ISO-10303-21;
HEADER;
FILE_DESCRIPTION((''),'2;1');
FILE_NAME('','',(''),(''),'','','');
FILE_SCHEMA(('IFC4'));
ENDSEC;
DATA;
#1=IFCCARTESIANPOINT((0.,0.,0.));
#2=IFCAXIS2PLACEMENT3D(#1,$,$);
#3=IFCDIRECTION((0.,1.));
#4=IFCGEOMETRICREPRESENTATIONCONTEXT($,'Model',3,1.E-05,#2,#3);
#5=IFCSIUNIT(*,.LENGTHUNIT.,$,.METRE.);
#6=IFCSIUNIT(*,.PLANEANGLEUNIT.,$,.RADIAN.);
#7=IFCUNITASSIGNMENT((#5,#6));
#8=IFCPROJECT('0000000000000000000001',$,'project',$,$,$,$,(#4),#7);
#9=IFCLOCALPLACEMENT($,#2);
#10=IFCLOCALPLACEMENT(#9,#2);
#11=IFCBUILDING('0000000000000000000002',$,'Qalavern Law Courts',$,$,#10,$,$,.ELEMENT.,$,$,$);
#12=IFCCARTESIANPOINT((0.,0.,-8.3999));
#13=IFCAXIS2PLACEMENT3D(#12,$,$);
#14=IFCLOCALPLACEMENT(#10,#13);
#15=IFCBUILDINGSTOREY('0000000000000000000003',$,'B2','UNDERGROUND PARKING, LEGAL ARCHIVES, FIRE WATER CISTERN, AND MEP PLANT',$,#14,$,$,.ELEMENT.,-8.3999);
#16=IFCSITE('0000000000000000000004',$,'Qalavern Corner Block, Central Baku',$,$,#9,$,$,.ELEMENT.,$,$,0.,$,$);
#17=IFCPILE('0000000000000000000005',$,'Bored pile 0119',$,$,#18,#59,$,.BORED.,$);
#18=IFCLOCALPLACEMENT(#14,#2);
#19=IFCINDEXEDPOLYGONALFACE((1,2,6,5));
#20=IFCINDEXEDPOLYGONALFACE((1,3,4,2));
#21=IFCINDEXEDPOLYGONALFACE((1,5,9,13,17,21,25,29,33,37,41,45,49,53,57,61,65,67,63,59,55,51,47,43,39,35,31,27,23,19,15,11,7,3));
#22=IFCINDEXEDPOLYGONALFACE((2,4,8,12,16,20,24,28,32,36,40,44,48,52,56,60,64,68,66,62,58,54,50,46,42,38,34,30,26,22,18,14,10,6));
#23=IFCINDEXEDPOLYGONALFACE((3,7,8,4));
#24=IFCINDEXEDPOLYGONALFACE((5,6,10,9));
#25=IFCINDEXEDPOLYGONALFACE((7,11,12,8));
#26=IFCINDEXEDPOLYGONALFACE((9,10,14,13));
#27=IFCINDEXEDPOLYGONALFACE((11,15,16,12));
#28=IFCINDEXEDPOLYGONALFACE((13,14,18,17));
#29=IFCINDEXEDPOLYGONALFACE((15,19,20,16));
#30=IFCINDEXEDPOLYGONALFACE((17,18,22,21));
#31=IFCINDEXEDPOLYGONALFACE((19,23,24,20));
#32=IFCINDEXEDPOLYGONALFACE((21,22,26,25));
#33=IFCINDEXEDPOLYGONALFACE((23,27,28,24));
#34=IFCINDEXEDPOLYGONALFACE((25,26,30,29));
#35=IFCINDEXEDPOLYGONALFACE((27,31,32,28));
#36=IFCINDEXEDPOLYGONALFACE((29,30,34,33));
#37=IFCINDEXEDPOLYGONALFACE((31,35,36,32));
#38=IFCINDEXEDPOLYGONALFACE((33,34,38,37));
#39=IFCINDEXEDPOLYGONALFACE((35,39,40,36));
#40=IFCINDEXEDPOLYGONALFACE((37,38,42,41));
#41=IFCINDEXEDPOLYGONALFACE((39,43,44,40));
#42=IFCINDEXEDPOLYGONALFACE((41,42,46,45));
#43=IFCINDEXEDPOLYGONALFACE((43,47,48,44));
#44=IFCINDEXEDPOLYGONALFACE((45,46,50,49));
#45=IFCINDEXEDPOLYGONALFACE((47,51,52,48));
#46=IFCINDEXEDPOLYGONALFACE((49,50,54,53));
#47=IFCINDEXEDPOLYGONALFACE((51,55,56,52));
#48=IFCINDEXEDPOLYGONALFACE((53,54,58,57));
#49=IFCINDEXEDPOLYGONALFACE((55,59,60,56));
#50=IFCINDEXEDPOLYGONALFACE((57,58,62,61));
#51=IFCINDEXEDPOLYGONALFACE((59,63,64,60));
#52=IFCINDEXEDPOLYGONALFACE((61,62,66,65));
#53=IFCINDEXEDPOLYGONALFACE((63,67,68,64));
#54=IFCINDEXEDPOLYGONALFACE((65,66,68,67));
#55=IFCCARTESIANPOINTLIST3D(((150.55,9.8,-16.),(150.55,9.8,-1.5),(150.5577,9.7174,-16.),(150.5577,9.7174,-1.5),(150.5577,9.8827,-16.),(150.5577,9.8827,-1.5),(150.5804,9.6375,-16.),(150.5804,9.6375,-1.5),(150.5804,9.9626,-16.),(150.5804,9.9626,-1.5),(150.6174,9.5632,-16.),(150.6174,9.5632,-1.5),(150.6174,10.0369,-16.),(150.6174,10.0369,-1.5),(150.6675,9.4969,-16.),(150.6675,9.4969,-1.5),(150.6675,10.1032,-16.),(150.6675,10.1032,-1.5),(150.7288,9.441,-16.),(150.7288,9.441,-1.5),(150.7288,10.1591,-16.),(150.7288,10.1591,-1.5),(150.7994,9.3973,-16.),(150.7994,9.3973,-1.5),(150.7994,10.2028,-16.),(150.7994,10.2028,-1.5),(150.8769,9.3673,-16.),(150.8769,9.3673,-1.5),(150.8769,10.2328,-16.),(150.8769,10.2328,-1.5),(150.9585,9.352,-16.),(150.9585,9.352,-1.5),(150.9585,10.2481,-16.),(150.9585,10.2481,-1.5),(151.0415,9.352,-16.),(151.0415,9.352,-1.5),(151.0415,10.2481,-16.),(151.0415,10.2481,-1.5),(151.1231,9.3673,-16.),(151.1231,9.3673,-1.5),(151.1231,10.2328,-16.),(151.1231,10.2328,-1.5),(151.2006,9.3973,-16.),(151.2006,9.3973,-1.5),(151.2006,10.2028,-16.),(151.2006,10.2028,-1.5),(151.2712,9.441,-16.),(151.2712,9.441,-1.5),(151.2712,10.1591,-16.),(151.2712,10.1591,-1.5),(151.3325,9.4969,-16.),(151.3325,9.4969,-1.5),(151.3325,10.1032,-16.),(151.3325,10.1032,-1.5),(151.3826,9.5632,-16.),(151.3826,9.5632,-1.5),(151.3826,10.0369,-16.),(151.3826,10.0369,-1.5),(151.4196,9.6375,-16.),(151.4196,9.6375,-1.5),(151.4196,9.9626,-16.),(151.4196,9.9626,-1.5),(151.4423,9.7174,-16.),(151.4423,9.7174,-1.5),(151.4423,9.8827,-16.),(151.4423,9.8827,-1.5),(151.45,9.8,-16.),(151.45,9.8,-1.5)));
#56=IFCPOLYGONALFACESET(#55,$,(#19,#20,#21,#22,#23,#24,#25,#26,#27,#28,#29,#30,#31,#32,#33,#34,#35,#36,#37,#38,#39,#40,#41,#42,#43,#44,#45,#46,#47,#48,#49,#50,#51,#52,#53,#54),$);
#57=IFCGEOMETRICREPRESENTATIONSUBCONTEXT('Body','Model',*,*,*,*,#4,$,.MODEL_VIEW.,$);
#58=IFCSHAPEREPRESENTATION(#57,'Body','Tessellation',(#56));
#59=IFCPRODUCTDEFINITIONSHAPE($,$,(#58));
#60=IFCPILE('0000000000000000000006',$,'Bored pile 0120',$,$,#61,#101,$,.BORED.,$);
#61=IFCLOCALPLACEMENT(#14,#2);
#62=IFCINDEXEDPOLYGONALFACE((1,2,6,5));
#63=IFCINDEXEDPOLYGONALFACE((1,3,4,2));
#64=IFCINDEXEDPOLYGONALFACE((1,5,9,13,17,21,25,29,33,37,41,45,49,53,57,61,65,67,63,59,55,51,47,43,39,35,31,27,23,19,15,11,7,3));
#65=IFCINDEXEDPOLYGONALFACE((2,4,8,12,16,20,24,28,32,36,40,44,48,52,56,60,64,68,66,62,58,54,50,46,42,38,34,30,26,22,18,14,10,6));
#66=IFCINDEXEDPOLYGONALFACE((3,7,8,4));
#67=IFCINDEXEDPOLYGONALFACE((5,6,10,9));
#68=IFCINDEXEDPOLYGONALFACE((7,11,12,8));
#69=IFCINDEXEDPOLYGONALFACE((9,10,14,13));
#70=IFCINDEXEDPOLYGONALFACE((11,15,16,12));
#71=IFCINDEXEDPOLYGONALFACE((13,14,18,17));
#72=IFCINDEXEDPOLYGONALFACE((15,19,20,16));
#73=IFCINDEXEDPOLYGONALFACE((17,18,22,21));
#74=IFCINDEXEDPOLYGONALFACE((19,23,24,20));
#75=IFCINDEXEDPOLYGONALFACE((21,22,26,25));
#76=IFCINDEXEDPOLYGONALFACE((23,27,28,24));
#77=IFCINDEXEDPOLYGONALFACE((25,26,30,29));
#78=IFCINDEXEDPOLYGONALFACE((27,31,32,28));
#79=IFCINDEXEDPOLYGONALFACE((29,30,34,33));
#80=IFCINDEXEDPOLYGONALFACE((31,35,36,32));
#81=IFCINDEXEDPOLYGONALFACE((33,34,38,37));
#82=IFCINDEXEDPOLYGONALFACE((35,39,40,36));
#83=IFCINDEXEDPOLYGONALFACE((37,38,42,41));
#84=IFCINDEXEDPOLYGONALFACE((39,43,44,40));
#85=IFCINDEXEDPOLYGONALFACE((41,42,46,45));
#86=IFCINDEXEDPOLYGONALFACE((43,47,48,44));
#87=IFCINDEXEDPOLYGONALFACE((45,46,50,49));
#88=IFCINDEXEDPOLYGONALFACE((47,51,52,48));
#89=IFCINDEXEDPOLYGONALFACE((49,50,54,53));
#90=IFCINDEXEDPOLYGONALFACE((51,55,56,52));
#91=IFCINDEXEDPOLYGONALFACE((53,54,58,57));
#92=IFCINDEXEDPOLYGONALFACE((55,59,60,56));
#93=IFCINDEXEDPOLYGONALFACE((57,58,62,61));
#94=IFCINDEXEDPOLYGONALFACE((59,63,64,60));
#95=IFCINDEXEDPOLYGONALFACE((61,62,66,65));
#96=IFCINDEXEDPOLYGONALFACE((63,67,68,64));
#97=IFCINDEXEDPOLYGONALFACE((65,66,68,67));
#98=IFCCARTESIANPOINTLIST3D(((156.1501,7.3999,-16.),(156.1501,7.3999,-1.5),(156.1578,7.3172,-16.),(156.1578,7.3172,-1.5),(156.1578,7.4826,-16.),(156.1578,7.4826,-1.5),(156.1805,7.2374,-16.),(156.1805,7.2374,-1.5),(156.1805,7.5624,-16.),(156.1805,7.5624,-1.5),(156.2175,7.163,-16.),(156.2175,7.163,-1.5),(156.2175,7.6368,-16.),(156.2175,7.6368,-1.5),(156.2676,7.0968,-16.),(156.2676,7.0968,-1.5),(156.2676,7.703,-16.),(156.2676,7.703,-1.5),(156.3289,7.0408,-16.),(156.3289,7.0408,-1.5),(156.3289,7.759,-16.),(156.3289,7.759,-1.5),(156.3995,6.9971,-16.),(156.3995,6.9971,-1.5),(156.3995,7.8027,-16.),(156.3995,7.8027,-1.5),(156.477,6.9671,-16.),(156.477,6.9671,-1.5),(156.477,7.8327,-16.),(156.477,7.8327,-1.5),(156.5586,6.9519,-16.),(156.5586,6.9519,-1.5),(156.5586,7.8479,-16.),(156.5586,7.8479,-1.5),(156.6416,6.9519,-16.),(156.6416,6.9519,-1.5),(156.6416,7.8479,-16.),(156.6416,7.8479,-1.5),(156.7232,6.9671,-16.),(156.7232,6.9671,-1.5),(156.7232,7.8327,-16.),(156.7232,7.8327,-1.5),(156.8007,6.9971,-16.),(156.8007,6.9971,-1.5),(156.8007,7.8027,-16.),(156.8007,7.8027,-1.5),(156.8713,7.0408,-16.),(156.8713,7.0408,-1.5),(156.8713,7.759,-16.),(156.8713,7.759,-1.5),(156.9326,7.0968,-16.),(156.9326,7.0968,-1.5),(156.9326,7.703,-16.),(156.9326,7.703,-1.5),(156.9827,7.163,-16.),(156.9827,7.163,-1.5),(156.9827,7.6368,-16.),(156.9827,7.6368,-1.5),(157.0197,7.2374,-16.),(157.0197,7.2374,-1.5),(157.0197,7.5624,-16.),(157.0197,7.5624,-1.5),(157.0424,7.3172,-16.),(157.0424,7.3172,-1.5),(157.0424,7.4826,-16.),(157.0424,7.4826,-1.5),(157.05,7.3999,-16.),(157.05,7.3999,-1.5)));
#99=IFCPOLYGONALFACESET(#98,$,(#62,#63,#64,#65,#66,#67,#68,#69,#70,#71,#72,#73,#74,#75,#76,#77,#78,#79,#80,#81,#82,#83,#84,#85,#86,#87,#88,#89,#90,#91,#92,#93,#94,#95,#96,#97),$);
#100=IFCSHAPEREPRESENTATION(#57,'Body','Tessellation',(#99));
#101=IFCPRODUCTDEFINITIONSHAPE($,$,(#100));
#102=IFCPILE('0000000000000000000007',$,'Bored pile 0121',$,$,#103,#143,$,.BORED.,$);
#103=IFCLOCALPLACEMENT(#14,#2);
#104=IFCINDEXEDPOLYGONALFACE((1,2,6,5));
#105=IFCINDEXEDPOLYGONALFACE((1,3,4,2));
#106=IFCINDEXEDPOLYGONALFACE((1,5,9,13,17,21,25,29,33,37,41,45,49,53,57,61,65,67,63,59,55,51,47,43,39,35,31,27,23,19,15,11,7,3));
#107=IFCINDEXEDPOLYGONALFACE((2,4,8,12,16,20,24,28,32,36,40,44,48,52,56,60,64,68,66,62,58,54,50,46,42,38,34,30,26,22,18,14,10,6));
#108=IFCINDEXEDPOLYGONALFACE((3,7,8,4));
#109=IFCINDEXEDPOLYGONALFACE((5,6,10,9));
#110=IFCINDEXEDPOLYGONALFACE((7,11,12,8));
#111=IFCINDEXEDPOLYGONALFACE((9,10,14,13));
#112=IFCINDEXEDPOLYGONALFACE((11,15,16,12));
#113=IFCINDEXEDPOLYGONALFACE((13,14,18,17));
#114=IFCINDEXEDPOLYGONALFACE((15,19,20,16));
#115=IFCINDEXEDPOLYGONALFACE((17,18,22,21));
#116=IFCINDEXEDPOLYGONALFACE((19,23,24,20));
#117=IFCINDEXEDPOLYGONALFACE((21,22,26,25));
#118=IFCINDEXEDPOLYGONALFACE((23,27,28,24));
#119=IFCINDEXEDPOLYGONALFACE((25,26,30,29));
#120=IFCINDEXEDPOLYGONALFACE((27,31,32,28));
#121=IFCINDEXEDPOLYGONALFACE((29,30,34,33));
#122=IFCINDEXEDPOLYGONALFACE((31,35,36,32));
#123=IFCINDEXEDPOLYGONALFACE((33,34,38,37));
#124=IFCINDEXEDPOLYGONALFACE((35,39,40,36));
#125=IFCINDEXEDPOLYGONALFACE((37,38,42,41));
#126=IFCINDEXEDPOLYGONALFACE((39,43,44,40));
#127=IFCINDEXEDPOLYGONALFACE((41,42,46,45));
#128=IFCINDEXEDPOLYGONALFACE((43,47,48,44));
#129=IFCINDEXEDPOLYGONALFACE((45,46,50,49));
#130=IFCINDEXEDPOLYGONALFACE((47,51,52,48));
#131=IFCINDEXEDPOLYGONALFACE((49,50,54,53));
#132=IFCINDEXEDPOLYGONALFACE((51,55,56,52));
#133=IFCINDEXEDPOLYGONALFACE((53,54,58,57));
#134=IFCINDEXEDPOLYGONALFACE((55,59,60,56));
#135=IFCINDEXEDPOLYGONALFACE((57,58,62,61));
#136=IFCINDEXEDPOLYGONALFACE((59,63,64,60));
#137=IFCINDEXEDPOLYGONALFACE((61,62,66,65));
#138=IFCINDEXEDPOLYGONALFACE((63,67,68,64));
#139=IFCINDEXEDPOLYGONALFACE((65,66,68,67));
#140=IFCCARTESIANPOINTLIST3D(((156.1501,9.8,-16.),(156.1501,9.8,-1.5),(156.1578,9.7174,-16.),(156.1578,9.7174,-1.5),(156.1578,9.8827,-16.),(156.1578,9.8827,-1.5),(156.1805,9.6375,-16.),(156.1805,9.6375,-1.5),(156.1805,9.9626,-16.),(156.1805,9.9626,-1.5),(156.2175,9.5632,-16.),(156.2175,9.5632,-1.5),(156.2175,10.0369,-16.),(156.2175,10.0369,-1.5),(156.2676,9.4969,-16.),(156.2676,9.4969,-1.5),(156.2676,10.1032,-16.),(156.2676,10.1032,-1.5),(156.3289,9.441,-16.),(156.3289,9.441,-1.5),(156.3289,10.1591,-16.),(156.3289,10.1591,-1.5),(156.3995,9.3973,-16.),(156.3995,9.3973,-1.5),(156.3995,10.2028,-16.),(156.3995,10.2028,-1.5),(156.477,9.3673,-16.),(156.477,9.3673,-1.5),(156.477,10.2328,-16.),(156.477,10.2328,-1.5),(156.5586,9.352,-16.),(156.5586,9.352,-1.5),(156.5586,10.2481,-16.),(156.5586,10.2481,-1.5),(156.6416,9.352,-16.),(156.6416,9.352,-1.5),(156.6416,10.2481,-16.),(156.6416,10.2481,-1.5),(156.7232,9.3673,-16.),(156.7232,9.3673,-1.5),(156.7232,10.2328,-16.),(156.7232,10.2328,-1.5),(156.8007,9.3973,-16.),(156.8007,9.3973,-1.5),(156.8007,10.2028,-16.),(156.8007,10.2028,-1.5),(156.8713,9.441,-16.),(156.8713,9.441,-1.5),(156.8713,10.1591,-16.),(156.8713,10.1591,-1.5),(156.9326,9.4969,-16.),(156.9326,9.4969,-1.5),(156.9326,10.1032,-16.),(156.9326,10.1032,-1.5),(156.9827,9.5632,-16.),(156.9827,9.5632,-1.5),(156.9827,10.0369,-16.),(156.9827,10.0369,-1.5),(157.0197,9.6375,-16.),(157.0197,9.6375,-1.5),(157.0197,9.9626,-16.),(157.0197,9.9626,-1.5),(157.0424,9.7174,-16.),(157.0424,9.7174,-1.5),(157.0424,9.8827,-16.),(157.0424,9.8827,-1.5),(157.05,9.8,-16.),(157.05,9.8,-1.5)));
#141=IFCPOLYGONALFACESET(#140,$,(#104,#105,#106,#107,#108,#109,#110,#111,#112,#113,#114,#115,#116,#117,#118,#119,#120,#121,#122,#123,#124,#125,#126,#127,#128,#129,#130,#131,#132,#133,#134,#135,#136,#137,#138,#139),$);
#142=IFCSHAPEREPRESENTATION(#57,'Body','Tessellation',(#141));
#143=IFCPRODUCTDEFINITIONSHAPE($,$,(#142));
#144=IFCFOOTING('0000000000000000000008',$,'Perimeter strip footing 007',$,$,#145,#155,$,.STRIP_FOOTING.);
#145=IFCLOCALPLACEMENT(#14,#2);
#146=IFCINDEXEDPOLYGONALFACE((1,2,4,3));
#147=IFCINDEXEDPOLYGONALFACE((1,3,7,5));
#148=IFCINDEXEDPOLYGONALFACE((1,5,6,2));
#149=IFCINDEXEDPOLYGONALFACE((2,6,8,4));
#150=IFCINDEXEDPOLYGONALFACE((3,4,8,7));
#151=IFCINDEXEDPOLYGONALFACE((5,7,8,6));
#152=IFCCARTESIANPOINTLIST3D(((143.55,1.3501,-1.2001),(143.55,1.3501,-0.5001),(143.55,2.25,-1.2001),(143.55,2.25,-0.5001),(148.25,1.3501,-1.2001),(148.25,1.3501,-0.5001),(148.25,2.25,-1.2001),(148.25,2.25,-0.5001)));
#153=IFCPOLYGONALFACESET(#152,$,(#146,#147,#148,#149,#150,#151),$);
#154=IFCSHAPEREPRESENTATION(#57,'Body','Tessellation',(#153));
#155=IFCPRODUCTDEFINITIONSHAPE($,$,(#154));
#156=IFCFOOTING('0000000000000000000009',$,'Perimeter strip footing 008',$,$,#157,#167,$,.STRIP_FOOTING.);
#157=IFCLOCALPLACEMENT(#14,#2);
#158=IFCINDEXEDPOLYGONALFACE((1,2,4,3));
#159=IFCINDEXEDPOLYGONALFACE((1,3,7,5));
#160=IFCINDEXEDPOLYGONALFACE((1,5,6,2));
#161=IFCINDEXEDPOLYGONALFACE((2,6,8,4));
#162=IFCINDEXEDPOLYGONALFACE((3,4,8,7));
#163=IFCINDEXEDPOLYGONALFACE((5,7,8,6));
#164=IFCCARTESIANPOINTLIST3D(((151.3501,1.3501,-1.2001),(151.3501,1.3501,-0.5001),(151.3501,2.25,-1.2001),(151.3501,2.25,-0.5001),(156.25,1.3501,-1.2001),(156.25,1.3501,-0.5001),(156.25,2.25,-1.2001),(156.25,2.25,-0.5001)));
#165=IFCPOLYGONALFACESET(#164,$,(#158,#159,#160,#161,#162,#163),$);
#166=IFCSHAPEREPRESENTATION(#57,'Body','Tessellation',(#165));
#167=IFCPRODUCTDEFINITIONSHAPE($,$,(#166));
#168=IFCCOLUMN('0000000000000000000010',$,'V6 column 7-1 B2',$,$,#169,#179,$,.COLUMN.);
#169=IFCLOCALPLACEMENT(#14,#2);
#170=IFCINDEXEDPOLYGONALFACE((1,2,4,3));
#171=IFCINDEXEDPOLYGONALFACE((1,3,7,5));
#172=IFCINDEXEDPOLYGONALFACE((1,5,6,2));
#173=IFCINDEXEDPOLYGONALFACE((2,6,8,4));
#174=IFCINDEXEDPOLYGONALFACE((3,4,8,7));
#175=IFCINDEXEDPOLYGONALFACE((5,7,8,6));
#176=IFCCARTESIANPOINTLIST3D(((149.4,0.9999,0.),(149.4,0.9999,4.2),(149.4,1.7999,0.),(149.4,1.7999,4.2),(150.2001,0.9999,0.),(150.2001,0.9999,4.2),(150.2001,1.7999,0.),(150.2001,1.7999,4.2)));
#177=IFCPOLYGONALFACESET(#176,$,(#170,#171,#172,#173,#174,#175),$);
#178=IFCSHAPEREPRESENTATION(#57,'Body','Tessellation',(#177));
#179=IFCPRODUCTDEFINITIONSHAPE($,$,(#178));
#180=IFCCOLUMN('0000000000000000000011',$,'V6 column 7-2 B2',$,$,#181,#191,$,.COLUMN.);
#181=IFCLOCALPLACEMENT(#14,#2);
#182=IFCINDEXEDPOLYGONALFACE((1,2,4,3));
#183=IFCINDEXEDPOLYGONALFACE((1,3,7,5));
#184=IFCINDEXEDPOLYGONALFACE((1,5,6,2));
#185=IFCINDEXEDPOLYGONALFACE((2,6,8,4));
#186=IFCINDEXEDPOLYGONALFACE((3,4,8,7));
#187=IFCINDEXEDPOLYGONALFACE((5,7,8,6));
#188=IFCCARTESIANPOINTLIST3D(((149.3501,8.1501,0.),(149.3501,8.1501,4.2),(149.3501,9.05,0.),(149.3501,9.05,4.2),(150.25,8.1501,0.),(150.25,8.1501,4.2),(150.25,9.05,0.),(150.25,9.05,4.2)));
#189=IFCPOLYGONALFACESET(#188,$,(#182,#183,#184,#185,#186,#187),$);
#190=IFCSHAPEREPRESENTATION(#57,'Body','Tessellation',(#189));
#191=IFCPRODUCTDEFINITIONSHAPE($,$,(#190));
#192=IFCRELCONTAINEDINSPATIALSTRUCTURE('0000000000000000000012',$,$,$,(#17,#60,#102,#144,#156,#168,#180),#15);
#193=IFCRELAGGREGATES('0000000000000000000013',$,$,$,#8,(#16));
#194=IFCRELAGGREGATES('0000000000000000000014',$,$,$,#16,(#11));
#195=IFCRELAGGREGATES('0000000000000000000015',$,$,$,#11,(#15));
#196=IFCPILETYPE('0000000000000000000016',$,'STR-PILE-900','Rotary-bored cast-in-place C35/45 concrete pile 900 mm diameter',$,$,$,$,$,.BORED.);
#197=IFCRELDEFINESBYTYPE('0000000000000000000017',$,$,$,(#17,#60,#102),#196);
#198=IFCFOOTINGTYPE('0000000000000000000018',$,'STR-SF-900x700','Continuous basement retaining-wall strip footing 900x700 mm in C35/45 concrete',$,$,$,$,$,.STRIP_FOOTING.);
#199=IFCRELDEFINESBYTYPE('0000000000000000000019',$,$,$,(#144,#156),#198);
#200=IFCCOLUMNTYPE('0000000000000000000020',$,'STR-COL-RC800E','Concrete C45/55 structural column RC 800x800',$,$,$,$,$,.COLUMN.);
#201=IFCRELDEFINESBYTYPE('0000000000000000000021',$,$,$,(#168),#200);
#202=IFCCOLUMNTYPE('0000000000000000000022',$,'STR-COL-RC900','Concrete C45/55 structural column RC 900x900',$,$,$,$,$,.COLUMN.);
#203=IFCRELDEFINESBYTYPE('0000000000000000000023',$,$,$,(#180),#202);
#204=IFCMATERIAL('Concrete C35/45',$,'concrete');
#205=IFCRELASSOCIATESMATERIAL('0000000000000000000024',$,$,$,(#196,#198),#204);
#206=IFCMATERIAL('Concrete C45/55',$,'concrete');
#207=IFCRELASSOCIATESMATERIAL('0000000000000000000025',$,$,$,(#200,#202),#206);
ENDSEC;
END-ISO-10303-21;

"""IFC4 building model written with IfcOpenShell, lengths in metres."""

from ifc_helpers import new_model, si_unit, direction, frame, origin, origin_2d, place, context, subcontext, project, spatial, rectangle, circle, extrude, material, material_profile, profile_set, type_object, element, save


model = new_model("IFC4")

# Units and contexts
model_context = context("Model", 3, precision=1e-05, world=origin(), true_north=direction((0.0, 1.0)))
body_context = subcontext(model_context, "Body", "Model", "MODEL_VIEW")
ifc_project = project(units=[si_unit("LENGTHUNIT", "METRE"), si_unit("PLANEANGLEUNIT", "RADIAN")], contexts=[model_context])

# Site, building, storey
site_placement = place(None, origin())
site = spatial("IfcSite", under=ifc_project, at=site_placement, Name="Qalavern Corner Block, Central Baku", CompositionType="ELEMENT", RefElevation=0.0)
building_placement = place(site_placement, origin())
building = spatial("IfcBuilding", under=site, at=building_placement, Name="Qalavern Law Courts", CompositionType="ELEMENT")
storey_placement = place(building_placement, frame((0.0, 0.0, -8.3999)))
storey = spatial("IfcBuildingStorey", under=building, at=storey_placement, Name="B2", Description="UNDERGROUND PARKING, LEGAL ARCHIVES, FIRE WATER CISTERN, AND MEP PLANT", CompositionType="ELEMENT", Elevation=-8.3999)

# Shared definitions
ifc_material_1 = material(Name="Concrete C35/45", Category="concrete")

# Piles
ifc_material_profile_1 = material_profile(ifc_material_1, circle(Radius=0.45, at=origin_2d()), Name="BORED PILE 900")
ifc_profile_set_1 = profile_set([ifc_material_profile_1], Name="Concrete C35/45")
pile_type_1 = type_object("IfcPileType", Name="STR-PILE-900", Description="Rotary-bored cast-in-place C35/45 concrete pile 900 mm diameter", PredefinedType="BORED", material=ifc_profile_set_1)
for number, where, z_axis, x_axis, name in (
    (1, (151.0, 9.8, -1.5), (0.0, 0.0, -1.0), (1.0, 0.0, 0.0), "Bored pile 0119"),
    (2, (156.6001, 7.3999, -1.5), (0.0, 0.0, -1.0), (1.0, 0.0, 0.0), "Bored pile 0120"),
    (3, (156.6001, 9.8, -1.5), (0.0, 0.0, -1.0), (1.0, 0.0, 0.0), "Bored pile 0121"),
):
    element("IfcPile", number, at=place(storey_placement, frame(where, z_axis=z_axis, x_axis=x_axis)), inside=storey, type_object=pile_type_1, Name=name, PredefinedType="BORED", context=body_context, shape_type="SweptSolid", body=[
        extrude(circle(Radius=0.45, at=origin_2d()), origin(), (0.0, 0.0, 1.0), 14.5),
    ])

# Footings
ifc_material_profile_2 = material_profile(ifc_material_1, rectangle(XDim=0.8999, YDim=0.7, at=origin_2d()), Name="RC 900x700")
ifc_profile_set_2 = profile_set([ifc_material_profile_2], Name="Concrete C35/45")
footing_type_1 = type_object("IfcFootingType", Name="STR-SF-900x700", Description="Continuous basement retaining-wall strip footing 900x700 mm in C35/45 concrete", PredefinedType="STRIP_FOOTING", material=ifc_profile_set_2)
footing_1_placement = place(storey_placement, frame((143.55, 1.8, -0.8501), z_axis=(1.0, 0.0, 0.0), x_axis=(0.0, 1.0, 0.0)))
element("IfcFooting", 4, at=footing_1_placement, inside=storey, type_object=footing_type_1, Name="Perimeter strip footing 007", PredefinedType="STRIP_FOOTING", context=body_context, shape_type="SweptSolid", body=[
    extrude(rectangle(XDim=0.8999, YDim=0.7, at=origin_2d()), origin(), (0.0, 0.0, 1.0), 4.7),
])
footing_2_placement = place(storey_placement, frame((151.3501, 1.8, -0.8501), z_axis=(1.0, 0.0, 0.0), x_axis=(0.0, 1.0, 0.0)))
element("IfcFooting", 5, at=footing_2_placement, inside=storey, type_object=footing_type_1, Name="Perimeter strip footing 008", PredefinedType="STRIP_FOOTING", context=body_context, shape_type="SweptSolid", body=[
    extrude(rectangle(XDim=0.8999, YDim=0.7, at=origin_2d()), origin(), (0.0, 0.0, 1.0), 4.8999),
])

# Columns
ifc_material_2 = material(Name="Concrete C45/55", Category="concrete")
ifc_material_profile_3 = material_profile(ifc_material_2, rectangle(XDim=0.8, YDim=0.8, at=origin_2d()), Name="RC 800x800")
ifc_profile_set_3 = profile_set([ifc_material_profile_3], Name="Concrete C45/55")
column_type_1 = type_object("IfcColumnType", Name="STR-COL-RC800E", Description="Concrete C45/55 structural column RC 800x800", PredefinedType="COLUMN", material=ifc_profile_set_3)
column_1_placement = place(storey_placement, frame((149.8, 1.3999, 0.0), z_axis=(0.0, 0.0, 1.0), x_axis=(1.0, 0.0, 0.0)))
element("IfcColumn", 6, at=column_1_placement, inside=storey, type_object=column_type_1, Name="V6 column 7-1 B2", PredefinedType="COLUMN", context=body_context, shape_type="SweptSolid", body=[
    extrude(rectangle(XDim=0.8, YDim=0.8, at=origin_2d()), origin(), (0.0, 0.0, 1.0), 4.2),
])
ifc_material_profile_4 = material_profile(ifc_material_2, rectangle(XDim=0.8999, YDim=0.8999, at=origin_2d()), Name="RC 900x900")
ifc_profile_set_4 = profile_set([ifc_material_profile_4], Name="Concrete C45/55")
column_type_2 = type_object("IfcColumnType", Name="STR-COL-RC900", Description="Concrete C45/55 structural column RC 900x900", PredefinedType="COLUMN", material=ifc_profile_set_4)
column_2_placement = place(storey_placement, frame((149.8, 8.6001, 0.0), z_axis=(0.0, 0.0, 1.0), x_axis=(1.0, 0.0, 0.0)))
element("IfcColumn", 7, at=column_2_placement, inside=storey, type_object=column_type_2, Name="V6 column 7-2 B2", PredefinedType="COLUMN", context=body_context, shape_type="SweptSolid", body=[
    extrude(rectangle(XDim=0.8999, YDim=0.8999, at=origin_2d()), origin(), (0.0, 0.0, 1.0), 4.2),
])

save(model, "model.ifc")
